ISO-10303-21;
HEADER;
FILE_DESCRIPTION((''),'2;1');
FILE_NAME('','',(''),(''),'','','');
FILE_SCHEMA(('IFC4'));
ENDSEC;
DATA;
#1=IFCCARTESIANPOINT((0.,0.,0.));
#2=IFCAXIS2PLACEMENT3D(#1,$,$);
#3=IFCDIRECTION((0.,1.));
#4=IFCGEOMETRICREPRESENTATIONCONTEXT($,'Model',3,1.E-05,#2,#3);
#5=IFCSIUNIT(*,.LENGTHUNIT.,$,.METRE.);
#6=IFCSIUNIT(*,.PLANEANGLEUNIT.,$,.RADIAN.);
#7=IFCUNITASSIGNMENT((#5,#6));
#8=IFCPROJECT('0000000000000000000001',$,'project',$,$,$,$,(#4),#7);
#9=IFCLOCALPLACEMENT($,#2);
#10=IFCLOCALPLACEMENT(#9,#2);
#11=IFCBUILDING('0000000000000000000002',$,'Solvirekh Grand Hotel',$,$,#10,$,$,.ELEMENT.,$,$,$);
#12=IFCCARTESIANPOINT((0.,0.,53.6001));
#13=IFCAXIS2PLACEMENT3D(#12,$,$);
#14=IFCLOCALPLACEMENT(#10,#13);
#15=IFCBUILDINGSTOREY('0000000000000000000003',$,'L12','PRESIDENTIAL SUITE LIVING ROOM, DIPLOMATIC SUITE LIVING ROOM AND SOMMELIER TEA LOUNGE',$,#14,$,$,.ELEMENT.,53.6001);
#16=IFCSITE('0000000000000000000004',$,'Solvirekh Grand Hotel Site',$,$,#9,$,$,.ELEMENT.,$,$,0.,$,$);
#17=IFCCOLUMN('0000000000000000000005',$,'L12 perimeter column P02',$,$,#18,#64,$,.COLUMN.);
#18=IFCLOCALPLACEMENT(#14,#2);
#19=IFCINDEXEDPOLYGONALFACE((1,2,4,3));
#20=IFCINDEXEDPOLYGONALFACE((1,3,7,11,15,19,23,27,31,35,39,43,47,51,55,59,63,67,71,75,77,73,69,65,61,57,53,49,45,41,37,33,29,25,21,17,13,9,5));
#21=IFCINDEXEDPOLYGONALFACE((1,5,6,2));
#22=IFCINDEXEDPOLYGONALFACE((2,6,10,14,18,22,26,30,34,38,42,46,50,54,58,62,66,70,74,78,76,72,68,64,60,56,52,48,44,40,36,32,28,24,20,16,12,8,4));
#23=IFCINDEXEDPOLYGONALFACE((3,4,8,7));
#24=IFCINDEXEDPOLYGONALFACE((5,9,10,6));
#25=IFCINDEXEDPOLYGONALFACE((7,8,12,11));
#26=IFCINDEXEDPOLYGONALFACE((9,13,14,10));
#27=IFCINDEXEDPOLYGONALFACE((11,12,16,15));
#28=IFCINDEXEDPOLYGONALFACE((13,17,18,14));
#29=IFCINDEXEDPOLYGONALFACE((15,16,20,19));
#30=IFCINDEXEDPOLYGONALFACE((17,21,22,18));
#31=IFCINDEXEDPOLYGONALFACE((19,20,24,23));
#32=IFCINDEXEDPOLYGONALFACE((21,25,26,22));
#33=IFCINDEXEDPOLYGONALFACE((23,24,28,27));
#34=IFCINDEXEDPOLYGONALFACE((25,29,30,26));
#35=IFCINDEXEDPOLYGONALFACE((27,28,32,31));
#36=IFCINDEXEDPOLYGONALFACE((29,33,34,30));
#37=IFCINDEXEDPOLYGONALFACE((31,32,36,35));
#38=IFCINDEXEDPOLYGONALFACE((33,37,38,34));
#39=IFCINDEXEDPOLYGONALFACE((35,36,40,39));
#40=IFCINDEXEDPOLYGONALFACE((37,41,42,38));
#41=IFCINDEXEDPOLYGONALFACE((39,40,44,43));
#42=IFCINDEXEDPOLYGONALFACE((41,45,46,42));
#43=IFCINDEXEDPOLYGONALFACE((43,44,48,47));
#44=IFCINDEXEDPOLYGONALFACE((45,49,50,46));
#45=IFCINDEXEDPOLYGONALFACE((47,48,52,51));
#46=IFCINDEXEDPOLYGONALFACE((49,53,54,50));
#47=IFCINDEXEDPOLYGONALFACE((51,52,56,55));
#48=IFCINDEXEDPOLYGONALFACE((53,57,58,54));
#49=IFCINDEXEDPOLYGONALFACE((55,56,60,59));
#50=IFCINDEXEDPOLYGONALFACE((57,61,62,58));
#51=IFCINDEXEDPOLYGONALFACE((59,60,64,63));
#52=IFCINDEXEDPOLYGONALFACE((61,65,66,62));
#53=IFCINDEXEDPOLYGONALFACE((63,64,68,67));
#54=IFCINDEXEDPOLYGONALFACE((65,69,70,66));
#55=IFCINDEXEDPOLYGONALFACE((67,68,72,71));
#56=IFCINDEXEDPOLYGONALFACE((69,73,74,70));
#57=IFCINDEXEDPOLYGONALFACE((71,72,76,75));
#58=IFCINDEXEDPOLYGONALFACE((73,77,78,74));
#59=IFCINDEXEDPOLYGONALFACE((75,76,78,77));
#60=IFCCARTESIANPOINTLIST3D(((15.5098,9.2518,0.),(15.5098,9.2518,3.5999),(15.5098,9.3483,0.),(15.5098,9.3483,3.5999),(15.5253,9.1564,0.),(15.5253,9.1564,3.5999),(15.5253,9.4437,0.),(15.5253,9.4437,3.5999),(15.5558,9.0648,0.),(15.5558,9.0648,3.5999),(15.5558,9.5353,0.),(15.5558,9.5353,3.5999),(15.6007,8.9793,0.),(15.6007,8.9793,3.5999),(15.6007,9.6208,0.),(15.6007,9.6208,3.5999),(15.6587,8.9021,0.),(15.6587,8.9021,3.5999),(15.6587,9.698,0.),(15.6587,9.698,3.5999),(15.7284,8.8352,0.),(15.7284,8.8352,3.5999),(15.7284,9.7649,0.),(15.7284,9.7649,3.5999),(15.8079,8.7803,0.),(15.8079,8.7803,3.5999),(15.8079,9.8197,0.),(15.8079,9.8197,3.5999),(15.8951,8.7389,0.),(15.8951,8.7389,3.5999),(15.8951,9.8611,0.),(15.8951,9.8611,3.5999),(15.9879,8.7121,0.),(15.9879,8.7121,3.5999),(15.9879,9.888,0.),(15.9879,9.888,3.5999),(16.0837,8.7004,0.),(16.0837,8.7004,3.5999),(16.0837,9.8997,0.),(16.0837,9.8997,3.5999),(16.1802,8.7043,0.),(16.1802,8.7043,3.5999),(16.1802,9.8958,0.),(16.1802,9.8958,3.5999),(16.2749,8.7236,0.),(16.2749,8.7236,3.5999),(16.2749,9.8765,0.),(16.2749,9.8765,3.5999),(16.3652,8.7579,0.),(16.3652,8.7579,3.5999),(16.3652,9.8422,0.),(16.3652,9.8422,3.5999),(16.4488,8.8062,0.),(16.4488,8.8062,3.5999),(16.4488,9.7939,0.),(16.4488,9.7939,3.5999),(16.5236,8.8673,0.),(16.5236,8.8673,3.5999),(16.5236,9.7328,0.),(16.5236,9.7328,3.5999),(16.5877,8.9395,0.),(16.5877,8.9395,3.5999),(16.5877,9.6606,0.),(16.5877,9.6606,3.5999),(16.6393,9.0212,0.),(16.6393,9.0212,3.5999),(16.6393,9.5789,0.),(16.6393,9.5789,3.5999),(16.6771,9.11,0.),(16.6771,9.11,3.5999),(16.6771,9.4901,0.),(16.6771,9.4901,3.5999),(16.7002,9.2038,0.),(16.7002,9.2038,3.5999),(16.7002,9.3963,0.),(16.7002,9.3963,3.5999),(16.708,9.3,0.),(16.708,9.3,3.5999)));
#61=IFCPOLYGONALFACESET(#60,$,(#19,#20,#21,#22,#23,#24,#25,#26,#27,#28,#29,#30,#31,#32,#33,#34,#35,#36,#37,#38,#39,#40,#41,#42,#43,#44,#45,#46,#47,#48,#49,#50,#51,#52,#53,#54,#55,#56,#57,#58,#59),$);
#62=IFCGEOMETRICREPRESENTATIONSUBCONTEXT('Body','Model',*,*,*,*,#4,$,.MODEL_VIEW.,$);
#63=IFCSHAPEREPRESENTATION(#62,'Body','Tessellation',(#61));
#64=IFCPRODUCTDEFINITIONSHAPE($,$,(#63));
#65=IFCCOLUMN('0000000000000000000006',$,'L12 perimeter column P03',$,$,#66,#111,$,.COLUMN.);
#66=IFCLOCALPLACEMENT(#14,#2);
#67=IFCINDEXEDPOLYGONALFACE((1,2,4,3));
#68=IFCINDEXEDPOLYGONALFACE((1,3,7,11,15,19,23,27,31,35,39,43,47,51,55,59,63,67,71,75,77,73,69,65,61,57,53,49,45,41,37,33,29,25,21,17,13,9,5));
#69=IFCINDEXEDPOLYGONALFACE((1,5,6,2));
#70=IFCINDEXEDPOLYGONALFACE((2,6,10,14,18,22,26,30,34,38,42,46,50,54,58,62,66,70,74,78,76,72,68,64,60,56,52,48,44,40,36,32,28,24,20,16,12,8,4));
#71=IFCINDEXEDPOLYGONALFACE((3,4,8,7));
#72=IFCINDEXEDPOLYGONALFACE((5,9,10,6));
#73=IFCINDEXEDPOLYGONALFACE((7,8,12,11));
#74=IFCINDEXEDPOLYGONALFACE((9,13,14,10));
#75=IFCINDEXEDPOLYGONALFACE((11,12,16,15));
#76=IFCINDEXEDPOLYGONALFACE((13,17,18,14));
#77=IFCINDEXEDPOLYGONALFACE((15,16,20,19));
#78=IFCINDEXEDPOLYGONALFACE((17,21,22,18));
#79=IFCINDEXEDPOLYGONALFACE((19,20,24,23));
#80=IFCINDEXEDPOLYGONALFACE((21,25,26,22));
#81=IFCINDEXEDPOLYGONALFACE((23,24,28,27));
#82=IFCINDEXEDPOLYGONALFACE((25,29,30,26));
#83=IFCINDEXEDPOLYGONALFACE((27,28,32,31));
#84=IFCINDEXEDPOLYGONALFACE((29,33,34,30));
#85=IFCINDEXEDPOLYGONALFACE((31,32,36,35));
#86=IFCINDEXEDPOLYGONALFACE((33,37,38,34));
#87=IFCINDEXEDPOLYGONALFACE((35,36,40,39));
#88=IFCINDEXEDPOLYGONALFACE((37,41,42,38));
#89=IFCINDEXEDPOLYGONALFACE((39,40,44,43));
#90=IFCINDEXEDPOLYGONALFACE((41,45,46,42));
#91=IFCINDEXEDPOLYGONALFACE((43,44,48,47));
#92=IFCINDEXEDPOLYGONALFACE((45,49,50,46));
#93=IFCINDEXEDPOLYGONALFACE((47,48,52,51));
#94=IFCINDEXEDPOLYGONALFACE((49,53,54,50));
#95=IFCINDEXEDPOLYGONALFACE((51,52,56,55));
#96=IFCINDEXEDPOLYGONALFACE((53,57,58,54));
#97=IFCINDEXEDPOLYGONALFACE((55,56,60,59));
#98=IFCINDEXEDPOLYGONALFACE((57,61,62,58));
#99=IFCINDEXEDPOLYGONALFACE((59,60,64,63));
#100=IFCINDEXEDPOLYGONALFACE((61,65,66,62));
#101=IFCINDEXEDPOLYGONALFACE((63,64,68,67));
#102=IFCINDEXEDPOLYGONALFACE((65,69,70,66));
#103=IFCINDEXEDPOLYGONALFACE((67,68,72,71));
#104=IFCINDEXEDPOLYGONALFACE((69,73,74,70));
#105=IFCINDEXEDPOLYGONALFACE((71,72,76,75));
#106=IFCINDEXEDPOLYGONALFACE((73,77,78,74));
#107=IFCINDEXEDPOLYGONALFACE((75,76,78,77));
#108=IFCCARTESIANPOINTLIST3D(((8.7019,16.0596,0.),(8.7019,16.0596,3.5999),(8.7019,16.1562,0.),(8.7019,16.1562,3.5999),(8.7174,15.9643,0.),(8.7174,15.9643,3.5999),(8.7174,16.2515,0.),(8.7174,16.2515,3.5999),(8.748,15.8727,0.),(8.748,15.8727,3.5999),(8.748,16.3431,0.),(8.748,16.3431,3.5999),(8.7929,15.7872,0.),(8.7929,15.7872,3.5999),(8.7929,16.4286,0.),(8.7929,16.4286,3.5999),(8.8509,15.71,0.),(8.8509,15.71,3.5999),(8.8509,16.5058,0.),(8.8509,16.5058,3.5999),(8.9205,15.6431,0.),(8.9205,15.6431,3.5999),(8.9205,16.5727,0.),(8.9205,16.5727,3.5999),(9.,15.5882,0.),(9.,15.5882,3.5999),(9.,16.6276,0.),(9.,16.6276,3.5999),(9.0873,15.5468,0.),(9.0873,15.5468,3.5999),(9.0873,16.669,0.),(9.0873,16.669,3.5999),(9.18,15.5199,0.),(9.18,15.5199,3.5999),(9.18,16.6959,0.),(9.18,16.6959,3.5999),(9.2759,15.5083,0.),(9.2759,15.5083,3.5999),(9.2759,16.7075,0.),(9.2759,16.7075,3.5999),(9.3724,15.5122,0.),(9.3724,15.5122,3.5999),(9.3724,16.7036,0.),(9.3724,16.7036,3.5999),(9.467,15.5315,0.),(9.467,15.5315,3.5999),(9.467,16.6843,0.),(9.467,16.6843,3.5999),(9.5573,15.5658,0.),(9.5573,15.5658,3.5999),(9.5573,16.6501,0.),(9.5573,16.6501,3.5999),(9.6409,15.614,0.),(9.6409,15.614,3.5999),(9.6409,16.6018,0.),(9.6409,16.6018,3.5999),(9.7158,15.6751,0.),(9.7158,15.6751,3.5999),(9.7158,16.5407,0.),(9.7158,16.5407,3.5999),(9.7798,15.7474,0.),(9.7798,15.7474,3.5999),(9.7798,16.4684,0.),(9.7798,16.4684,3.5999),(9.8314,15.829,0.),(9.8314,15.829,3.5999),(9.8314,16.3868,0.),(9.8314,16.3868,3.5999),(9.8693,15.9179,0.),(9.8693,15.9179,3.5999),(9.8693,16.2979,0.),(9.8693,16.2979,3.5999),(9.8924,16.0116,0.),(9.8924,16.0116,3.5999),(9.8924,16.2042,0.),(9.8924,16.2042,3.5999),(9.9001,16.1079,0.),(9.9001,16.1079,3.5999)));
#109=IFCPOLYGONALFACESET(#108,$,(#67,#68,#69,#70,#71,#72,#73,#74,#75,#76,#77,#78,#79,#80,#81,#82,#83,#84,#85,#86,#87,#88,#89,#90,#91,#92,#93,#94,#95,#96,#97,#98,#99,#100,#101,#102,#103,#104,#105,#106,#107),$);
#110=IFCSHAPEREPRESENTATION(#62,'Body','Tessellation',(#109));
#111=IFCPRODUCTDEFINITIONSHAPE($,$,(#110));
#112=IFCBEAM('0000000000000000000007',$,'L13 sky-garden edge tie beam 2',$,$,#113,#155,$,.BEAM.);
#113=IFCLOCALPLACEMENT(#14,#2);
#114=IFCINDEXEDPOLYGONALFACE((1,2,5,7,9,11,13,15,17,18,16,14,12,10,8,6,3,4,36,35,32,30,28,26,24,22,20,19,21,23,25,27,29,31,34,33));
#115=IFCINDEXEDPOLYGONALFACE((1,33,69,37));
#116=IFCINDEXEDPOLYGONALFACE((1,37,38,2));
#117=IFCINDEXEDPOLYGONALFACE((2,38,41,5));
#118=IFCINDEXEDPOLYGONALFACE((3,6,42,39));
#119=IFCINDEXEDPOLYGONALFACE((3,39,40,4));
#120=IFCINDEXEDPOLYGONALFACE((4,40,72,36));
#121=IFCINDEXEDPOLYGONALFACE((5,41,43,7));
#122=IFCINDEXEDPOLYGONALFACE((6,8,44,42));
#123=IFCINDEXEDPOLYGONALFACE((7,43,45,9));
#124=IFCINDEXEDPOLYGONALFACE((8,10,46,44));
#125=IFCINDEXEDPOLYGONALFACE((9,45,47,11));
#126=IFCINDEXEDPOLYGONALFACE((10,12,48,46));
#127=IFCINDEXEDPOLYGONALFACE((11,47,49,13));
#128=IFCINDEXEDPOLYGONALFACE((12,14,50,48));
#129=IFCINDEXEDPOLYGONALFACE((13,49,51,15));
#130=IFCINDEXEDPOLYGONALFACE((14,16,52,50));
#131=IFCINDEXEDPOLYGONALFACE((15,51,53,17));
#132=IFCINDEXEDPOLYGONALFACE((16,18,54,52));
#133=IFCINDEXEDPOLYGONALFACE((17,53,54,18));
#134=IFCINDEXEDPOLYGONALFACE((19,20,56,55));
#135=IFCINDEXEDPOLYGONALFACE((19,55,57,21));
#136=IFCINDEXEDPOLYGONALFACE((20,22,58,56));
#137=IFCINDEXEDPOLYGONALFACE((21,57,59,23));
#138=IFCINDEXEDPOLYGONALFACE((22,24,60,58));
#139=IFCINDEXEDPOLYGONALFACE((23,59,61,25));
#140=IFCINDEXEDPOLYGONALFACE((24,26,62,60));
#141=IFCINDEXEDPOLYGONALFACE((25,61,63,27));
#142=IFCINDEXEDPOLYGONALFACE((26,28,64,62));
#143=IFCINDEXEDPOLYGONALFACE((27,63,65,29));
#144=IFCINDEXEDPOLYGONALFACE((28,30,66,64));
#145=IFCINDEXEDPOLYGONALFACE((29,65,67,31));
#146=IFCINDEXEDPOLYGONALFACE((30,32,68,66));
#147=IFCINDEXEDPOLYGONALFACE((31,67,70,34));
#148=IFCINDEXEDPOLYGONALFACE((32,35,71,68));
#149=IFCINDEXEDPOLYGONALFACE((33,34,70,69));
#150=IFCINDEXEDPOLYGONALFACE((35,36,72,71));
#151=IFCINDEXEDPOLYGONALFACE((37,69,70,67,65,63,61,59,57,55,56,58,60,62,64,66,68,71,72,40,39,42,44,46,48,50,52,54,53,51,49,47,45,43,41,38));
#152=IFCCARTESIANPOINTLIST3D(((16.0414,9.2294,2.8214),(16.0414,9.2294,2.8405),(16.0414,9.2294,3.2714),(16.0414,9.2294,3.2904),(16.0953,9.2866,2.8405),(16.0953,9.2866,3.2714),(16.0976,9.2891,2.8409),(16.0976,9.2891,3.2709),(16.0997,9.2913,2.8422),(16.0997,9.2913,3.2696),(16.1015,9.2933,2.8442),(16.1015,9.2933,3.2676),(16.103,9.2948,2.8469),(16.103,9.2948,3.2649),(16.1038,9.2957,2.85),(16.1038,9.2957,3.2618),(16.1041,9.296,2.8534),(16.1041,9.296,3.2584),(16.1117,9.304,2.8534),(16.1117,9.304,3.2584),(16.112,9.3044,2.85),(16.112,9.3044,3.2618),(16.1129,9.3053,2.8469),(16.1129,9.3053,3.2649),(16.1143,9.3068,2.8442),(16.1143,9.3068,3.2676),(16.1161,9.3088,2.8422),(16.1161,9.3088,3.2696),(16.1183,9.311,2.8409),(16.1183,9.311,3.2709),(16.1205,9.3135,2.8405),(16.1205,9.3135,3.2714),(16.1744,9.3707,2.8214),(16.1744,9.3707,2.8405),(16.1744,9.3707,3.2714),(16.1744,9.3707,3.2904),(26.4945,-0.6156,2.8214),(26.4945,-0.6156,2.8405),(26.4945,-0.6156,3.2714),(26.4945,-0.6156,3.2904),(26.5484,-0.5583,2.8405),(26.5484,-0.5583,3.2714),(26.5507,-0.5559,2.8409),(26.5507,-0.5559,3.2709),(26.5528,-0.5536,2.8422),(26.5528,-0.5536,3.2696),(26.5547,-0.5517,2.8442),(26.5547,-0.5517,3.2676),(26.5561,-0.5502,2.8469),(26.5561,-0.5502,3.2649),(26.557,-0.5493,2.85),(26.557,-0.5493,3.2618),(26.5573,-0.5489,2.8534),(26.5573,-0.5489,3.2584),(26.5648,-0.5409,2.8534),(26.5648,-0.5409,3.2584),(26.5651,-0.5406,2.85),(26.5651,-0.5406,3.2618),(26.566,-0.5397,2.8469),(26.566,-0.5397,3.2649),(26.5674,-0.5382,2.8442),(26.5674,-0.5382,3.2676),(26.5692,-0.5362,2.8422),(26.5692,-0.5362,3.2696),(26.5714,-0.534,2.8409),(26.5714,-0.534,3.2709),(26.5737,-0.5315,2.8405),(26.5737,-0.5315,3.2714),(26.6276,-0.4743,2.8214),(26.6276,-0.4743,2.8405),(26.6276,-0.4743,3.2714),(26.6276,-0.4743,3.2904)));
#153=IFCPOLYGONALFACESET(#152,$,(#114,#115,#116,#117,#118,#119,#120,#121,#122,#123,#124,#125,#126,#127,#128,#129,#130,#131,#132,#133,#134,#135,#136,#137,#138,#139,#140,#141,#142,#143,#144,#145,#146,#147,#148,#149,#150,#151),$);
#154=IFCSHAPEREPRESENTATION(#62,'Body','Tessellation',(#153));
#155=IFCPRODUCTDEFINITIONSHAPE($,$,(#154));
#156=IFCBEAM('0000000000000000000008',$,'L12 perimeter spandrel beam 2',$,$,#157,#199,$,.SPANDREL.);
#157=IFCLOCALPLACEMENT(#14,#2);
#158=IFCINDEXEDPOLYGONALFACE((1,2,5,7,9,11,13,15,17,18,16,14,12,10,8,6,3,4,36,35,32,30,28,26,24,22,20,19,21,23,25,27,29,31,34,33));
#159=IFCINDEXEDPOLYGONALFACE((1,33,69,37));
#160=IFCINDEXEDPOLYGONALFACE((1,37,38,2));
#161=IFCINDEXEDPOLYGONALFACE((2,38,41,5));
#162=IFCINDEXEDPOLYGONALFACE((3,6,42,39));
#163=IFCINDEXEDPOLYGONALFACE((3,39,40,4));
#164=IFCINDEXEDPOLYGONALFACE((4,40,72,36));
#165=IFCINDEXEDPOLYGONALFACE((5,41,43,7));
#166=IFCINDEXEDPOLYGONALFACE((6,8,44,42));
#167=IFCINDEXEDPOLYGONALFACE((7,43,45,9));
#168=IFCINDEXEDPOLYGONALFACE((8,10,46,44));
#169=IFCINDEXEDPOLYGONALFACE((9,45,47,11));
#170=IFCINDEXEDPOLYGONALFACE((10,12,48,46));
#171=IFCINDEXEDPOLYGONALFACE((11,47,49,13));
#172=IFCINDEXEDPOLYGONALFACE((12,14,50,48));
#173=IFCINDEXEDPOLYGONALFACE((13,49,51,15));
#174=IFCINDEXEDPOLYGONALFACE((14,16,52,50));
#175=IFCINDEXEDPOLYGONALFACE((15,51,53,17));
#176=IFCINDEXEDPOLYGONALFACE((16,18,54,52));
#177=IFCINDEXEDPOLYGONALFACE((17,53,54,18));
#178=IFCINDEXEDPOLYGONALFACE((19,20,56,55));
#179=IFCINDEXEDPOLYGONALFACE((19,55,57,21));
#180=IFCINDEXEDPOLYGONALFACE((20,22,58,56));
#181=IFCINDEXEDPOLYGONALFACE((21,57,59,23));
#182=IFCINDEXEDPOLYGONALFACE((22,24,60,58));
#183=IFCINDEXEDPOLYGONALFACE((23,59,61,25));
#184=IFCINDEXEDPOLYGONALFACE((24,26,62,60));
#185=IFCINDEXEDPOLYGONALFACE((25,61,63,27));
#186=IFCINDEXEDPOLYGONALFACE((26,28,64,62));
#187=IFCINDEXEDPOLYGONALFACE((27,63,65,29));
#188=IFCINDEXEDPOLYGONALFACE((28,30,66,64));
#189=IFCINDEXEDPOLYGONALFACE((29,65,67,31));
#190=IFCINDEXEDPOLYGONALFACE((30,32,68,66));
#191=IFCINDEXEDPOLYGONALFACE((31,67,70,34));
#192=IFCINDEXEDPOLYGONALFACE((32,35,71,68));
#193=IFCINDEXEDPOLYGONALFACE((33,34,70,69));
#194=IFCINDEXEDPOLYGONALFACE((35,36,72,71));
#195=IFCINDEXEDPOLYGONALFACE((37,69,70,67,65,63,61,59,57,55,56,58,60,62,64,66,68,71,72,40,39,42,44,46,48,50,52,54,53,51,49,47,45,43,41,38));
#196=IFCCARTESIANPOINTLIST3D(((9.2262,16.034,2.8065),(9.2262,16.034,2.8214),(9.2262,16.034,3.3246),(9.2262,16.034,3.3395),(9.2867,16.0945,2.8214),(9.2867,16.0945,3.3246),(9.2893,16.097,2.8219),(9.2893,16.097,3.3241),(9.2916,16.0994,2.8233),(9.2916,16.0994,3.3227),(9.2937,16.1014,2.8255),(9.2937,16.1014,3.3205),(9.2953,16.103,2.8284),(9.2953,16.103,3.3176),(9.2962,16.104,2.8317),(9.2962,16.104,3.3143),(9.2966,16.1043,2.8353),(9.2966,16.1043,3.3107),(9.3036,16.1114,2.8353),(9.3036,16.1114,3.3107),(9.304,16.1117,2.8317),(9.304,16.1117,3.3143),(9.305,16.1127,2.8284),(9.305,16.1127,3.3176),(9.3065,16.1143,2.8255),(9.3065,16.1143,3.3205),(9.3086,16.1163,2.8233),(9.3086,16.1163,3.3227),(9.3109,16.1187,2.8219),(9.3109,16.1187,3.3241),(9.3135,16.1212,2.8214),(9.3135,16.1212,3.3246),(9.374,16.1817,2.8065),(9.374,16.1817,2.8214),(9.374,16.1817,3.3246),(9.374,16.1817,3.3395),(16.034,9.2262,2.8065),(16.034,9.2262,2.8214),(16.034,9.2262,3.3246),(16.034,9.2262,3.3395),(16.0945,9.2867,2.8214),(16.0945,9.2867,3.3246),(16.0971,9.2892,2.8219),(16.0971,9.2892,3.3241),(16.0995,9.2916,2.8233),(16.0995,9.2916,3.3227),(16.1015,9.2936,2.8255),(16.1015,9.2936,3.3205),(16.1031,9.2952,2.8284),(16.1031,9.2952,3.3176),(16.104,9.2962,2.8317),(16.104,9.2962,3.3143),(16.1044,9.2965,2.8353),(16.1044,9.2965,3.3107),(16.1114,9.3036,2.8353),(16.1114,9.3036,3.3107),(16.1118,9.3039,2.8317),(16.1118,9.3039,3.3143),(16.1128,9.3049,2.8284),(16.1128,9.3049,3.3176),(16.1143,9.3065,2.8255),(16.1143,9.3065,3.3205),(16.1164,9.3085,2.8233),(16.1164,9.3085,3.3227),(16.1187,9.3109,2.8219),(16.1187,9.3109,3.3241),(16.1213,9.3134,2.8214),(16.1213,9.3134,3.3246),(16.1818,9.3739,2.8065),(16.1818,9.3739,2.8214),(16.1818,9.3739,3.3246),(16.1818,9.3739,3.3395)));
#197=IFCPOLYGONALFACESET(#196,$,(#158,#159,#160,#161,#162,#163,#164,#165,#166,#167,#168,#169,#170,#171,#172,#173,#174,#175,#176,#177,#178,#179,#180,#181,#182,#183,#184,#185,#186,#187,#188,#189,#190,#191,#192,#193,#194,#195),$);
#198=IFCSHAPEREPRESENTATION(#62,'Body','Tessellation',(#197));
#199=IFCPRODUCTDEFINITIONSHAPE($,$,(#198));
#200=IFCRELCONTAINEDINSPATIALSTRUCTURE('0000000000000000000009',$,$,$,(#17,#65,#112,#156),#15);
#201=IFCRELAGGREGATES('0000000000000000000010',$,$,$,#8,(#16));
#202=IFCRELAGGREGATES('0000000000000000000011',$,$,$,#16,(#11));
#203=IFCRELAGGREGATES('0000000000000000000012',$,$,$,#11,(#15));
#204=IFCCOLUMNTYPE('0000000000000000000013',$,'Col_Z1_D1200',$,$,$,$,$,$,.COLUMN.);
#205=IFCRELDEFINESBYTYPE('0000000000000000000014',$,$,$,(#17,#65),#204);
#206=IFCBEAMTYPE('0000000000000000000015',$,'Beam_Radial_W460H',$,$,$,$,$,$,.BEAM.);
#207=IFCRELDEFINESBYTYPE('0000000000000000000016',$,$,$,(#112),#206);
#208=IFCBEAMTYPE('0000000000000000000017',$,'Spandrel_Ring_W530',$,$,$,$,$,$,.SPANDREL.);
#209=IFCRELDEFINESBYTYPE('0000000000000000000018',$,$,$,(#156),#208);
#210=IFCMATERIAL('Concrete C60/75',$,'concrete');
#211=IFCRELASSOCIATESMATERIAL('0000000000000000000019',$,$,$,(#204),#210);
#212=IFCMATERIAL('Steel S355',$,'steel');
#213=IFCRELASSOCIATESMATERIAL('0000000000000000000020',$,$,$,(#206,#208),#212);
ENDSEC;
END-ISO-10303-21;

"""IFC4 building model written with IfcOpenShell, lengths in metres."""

from ifc_helpers import new_model, si_unit, direction, frame, origin, origin_2d, place, context, subcontext, project, spatial, circle, i_section, extrude, material, material_profile, profile_set, type_object, element, save


model = new_model("IFC4")

# Units and contexts
model_context = context("Model", 3, precision=1e-05, world=origin(), true_north=direction((0.0, 1.0)))
body_context = subcontext(model_context, "Body", "Model", "MODEL_VIEW")
ifc_project = project(units=[si_unit("LENGTHUNIT", "METRE"), si_unit("PLANEANGLEUNIT", "RADIAN")], contexts=[model_context])

# Site, building, storey
site_placement = place(None, origin())
site = spatial("IfcSite", under=ifc_project, at=site_placement, Name="Solvirekh Grand Hotel Site", CompositionType="ELEMENT", RefElevation=0.0)
building_placement = place(site_placement, origin())
building = spatial("IfcBuilding", under=site, at=building_placement, Name="Solvirekh Grand Hotel", CompositionType="ELEMENT")
storey_placement = place(building_placement, frame((0.0, 0.0, 53.6001)))
storey = spatial("IfcBuildingStorey", under=building, at=storey_placement, Name="L12", Description="PRESIDENTIAL SUITE LIVING ROOM, DIPLOMATIC SUITE LIVING ROOM AND SOMMELIER TEA LOUNGE", CompositionType="ELEMENT", Elevation=53.6001)

# Columns
ifc_material_1 = material(Name="Concrete C60/75", Category="concrete")
ifc_material_profile_1 = material_profile(ifc_material_1, circle(Radius=0.6001, at=origin_2d()), Name="RC CIRC D1200")
ifc_profile_set_1 = profile_set([ifc_material_profile_1], Name="Concrete C60/75")
column_type = type_object("IfcColumnType", Name="Col_Z1_D1200", PredefinedType="COLUMN", material=ifc_profile_set_1)
for number, where, z_axis, x_axis, name in (
    (1, (16.1079, 9.3, 0.0), (0.0, 0.0, 1.0), (1.0, 0.0, 0.0), "L12 perimeter column P02"),
    (2, (9.3, 16.1079, 0.0), (0.0, 0.0, 1.0), (1.0, 0.0, 0.0), "L12 perimeter column P03"),
):
    element("IfcColumn", number, at=place(storey_placement, frame(where, z_axis=z_axis, x_axis=x_axis)), inside=storey, type_object=column_type, Name=name, PredefinedType="COLUMN", context=body_context, shape_type="SweptSolid", body=[
        extrude(circle(Radius=0.6001, at=origin_2d()), origin(), (0.0, 0.0, 1.0), 3.5999),
    ])

# Beams
ifc_material_2 = material(Name="Steel S355", Category="steel")
ifc_material_profile_2 = material_profile(ifc_material_2, i_section(OverallWidth=0.1941, OverallDepth=0.469, WebThickness=0.011, FlangeThickness=0.019, FilletRadius=0.0129, at=origin_2d()), Name="W460X106")
ifc_profile_set_2 = profile_set([ifc_material_profile_2], Name="Steel S355")
beam_type_1 = type_object("IfcBeamType", Name="Beam_Radial_W460H", PredefinedType="BEAM", material=ifc_profile_set_2)
beam_1_placement = place(storey_placement, frame((16.1079, 9.3, 3.0559), z_axis=(0.727966, -0.685613, 0.0), x_axis=(0.685613, 0.727966, 0.0)))
element("IfcBeam", 3, at=beam_1_placement, inside=storey, type_object=beam_type_1, Name="L13 sky-garden edge tie beam 2", PredefinedType="BEAM", context=body_context, shape_type="SweptSolid", body=[
    extrude(i_section(OverallWidth=0.1941, OverallDepth=0.469, WebThickness=0.011, FlangeThickness=0.019, FilletRadius=0.0129, at=origin_2d()), origin(), (0.0, 0.0, 1.0), 14.3594),
])
ifc_material_profile_3 = material_profile(ifc_material_2, i_section(OverallWidth=0.209, OverallDepth=0.533, WebThickness=0.01, FlangeThickness=0.0149, FilletRadius=0.0139, at=origin_2d()), Name="W530X92")
ifc_profile_set_3 = profile_set([ifc_material_profile_3], Name="Steel S355")
beam_type_2 = type_object("IfcBeamType", Name="Spandrel_Ring_W530", PredefinedType="SPANDREL", material=ifc_profile_set_3)
beam_2_placement = place(storey_placement, frame((16.1079, 9.3, 3.073), z_axis=(-0.707107, 0.707107, 0.0), x_axis=(-0.707107, -0.707107, 0.0)))
element("IfcBeam", 4, at=beam_2_placement, inside=storey, type_object=beam_type_2, Name="L12 perimeter spandrel beam 2", PredefinedType="SPANDREL", context=body_context, shape_type="SweptSolid", body=[
    extrude(i_section(OverallWidth=0.209, OverallDepth=0.533, WebThickness=0.01, FlangeThickness=0.0149, FilletRadius=0.0139, at=origin_2d()), origin(), (0.0, 0.0, 1.0), 9.6277),
])

save(model, "model.ifc")
